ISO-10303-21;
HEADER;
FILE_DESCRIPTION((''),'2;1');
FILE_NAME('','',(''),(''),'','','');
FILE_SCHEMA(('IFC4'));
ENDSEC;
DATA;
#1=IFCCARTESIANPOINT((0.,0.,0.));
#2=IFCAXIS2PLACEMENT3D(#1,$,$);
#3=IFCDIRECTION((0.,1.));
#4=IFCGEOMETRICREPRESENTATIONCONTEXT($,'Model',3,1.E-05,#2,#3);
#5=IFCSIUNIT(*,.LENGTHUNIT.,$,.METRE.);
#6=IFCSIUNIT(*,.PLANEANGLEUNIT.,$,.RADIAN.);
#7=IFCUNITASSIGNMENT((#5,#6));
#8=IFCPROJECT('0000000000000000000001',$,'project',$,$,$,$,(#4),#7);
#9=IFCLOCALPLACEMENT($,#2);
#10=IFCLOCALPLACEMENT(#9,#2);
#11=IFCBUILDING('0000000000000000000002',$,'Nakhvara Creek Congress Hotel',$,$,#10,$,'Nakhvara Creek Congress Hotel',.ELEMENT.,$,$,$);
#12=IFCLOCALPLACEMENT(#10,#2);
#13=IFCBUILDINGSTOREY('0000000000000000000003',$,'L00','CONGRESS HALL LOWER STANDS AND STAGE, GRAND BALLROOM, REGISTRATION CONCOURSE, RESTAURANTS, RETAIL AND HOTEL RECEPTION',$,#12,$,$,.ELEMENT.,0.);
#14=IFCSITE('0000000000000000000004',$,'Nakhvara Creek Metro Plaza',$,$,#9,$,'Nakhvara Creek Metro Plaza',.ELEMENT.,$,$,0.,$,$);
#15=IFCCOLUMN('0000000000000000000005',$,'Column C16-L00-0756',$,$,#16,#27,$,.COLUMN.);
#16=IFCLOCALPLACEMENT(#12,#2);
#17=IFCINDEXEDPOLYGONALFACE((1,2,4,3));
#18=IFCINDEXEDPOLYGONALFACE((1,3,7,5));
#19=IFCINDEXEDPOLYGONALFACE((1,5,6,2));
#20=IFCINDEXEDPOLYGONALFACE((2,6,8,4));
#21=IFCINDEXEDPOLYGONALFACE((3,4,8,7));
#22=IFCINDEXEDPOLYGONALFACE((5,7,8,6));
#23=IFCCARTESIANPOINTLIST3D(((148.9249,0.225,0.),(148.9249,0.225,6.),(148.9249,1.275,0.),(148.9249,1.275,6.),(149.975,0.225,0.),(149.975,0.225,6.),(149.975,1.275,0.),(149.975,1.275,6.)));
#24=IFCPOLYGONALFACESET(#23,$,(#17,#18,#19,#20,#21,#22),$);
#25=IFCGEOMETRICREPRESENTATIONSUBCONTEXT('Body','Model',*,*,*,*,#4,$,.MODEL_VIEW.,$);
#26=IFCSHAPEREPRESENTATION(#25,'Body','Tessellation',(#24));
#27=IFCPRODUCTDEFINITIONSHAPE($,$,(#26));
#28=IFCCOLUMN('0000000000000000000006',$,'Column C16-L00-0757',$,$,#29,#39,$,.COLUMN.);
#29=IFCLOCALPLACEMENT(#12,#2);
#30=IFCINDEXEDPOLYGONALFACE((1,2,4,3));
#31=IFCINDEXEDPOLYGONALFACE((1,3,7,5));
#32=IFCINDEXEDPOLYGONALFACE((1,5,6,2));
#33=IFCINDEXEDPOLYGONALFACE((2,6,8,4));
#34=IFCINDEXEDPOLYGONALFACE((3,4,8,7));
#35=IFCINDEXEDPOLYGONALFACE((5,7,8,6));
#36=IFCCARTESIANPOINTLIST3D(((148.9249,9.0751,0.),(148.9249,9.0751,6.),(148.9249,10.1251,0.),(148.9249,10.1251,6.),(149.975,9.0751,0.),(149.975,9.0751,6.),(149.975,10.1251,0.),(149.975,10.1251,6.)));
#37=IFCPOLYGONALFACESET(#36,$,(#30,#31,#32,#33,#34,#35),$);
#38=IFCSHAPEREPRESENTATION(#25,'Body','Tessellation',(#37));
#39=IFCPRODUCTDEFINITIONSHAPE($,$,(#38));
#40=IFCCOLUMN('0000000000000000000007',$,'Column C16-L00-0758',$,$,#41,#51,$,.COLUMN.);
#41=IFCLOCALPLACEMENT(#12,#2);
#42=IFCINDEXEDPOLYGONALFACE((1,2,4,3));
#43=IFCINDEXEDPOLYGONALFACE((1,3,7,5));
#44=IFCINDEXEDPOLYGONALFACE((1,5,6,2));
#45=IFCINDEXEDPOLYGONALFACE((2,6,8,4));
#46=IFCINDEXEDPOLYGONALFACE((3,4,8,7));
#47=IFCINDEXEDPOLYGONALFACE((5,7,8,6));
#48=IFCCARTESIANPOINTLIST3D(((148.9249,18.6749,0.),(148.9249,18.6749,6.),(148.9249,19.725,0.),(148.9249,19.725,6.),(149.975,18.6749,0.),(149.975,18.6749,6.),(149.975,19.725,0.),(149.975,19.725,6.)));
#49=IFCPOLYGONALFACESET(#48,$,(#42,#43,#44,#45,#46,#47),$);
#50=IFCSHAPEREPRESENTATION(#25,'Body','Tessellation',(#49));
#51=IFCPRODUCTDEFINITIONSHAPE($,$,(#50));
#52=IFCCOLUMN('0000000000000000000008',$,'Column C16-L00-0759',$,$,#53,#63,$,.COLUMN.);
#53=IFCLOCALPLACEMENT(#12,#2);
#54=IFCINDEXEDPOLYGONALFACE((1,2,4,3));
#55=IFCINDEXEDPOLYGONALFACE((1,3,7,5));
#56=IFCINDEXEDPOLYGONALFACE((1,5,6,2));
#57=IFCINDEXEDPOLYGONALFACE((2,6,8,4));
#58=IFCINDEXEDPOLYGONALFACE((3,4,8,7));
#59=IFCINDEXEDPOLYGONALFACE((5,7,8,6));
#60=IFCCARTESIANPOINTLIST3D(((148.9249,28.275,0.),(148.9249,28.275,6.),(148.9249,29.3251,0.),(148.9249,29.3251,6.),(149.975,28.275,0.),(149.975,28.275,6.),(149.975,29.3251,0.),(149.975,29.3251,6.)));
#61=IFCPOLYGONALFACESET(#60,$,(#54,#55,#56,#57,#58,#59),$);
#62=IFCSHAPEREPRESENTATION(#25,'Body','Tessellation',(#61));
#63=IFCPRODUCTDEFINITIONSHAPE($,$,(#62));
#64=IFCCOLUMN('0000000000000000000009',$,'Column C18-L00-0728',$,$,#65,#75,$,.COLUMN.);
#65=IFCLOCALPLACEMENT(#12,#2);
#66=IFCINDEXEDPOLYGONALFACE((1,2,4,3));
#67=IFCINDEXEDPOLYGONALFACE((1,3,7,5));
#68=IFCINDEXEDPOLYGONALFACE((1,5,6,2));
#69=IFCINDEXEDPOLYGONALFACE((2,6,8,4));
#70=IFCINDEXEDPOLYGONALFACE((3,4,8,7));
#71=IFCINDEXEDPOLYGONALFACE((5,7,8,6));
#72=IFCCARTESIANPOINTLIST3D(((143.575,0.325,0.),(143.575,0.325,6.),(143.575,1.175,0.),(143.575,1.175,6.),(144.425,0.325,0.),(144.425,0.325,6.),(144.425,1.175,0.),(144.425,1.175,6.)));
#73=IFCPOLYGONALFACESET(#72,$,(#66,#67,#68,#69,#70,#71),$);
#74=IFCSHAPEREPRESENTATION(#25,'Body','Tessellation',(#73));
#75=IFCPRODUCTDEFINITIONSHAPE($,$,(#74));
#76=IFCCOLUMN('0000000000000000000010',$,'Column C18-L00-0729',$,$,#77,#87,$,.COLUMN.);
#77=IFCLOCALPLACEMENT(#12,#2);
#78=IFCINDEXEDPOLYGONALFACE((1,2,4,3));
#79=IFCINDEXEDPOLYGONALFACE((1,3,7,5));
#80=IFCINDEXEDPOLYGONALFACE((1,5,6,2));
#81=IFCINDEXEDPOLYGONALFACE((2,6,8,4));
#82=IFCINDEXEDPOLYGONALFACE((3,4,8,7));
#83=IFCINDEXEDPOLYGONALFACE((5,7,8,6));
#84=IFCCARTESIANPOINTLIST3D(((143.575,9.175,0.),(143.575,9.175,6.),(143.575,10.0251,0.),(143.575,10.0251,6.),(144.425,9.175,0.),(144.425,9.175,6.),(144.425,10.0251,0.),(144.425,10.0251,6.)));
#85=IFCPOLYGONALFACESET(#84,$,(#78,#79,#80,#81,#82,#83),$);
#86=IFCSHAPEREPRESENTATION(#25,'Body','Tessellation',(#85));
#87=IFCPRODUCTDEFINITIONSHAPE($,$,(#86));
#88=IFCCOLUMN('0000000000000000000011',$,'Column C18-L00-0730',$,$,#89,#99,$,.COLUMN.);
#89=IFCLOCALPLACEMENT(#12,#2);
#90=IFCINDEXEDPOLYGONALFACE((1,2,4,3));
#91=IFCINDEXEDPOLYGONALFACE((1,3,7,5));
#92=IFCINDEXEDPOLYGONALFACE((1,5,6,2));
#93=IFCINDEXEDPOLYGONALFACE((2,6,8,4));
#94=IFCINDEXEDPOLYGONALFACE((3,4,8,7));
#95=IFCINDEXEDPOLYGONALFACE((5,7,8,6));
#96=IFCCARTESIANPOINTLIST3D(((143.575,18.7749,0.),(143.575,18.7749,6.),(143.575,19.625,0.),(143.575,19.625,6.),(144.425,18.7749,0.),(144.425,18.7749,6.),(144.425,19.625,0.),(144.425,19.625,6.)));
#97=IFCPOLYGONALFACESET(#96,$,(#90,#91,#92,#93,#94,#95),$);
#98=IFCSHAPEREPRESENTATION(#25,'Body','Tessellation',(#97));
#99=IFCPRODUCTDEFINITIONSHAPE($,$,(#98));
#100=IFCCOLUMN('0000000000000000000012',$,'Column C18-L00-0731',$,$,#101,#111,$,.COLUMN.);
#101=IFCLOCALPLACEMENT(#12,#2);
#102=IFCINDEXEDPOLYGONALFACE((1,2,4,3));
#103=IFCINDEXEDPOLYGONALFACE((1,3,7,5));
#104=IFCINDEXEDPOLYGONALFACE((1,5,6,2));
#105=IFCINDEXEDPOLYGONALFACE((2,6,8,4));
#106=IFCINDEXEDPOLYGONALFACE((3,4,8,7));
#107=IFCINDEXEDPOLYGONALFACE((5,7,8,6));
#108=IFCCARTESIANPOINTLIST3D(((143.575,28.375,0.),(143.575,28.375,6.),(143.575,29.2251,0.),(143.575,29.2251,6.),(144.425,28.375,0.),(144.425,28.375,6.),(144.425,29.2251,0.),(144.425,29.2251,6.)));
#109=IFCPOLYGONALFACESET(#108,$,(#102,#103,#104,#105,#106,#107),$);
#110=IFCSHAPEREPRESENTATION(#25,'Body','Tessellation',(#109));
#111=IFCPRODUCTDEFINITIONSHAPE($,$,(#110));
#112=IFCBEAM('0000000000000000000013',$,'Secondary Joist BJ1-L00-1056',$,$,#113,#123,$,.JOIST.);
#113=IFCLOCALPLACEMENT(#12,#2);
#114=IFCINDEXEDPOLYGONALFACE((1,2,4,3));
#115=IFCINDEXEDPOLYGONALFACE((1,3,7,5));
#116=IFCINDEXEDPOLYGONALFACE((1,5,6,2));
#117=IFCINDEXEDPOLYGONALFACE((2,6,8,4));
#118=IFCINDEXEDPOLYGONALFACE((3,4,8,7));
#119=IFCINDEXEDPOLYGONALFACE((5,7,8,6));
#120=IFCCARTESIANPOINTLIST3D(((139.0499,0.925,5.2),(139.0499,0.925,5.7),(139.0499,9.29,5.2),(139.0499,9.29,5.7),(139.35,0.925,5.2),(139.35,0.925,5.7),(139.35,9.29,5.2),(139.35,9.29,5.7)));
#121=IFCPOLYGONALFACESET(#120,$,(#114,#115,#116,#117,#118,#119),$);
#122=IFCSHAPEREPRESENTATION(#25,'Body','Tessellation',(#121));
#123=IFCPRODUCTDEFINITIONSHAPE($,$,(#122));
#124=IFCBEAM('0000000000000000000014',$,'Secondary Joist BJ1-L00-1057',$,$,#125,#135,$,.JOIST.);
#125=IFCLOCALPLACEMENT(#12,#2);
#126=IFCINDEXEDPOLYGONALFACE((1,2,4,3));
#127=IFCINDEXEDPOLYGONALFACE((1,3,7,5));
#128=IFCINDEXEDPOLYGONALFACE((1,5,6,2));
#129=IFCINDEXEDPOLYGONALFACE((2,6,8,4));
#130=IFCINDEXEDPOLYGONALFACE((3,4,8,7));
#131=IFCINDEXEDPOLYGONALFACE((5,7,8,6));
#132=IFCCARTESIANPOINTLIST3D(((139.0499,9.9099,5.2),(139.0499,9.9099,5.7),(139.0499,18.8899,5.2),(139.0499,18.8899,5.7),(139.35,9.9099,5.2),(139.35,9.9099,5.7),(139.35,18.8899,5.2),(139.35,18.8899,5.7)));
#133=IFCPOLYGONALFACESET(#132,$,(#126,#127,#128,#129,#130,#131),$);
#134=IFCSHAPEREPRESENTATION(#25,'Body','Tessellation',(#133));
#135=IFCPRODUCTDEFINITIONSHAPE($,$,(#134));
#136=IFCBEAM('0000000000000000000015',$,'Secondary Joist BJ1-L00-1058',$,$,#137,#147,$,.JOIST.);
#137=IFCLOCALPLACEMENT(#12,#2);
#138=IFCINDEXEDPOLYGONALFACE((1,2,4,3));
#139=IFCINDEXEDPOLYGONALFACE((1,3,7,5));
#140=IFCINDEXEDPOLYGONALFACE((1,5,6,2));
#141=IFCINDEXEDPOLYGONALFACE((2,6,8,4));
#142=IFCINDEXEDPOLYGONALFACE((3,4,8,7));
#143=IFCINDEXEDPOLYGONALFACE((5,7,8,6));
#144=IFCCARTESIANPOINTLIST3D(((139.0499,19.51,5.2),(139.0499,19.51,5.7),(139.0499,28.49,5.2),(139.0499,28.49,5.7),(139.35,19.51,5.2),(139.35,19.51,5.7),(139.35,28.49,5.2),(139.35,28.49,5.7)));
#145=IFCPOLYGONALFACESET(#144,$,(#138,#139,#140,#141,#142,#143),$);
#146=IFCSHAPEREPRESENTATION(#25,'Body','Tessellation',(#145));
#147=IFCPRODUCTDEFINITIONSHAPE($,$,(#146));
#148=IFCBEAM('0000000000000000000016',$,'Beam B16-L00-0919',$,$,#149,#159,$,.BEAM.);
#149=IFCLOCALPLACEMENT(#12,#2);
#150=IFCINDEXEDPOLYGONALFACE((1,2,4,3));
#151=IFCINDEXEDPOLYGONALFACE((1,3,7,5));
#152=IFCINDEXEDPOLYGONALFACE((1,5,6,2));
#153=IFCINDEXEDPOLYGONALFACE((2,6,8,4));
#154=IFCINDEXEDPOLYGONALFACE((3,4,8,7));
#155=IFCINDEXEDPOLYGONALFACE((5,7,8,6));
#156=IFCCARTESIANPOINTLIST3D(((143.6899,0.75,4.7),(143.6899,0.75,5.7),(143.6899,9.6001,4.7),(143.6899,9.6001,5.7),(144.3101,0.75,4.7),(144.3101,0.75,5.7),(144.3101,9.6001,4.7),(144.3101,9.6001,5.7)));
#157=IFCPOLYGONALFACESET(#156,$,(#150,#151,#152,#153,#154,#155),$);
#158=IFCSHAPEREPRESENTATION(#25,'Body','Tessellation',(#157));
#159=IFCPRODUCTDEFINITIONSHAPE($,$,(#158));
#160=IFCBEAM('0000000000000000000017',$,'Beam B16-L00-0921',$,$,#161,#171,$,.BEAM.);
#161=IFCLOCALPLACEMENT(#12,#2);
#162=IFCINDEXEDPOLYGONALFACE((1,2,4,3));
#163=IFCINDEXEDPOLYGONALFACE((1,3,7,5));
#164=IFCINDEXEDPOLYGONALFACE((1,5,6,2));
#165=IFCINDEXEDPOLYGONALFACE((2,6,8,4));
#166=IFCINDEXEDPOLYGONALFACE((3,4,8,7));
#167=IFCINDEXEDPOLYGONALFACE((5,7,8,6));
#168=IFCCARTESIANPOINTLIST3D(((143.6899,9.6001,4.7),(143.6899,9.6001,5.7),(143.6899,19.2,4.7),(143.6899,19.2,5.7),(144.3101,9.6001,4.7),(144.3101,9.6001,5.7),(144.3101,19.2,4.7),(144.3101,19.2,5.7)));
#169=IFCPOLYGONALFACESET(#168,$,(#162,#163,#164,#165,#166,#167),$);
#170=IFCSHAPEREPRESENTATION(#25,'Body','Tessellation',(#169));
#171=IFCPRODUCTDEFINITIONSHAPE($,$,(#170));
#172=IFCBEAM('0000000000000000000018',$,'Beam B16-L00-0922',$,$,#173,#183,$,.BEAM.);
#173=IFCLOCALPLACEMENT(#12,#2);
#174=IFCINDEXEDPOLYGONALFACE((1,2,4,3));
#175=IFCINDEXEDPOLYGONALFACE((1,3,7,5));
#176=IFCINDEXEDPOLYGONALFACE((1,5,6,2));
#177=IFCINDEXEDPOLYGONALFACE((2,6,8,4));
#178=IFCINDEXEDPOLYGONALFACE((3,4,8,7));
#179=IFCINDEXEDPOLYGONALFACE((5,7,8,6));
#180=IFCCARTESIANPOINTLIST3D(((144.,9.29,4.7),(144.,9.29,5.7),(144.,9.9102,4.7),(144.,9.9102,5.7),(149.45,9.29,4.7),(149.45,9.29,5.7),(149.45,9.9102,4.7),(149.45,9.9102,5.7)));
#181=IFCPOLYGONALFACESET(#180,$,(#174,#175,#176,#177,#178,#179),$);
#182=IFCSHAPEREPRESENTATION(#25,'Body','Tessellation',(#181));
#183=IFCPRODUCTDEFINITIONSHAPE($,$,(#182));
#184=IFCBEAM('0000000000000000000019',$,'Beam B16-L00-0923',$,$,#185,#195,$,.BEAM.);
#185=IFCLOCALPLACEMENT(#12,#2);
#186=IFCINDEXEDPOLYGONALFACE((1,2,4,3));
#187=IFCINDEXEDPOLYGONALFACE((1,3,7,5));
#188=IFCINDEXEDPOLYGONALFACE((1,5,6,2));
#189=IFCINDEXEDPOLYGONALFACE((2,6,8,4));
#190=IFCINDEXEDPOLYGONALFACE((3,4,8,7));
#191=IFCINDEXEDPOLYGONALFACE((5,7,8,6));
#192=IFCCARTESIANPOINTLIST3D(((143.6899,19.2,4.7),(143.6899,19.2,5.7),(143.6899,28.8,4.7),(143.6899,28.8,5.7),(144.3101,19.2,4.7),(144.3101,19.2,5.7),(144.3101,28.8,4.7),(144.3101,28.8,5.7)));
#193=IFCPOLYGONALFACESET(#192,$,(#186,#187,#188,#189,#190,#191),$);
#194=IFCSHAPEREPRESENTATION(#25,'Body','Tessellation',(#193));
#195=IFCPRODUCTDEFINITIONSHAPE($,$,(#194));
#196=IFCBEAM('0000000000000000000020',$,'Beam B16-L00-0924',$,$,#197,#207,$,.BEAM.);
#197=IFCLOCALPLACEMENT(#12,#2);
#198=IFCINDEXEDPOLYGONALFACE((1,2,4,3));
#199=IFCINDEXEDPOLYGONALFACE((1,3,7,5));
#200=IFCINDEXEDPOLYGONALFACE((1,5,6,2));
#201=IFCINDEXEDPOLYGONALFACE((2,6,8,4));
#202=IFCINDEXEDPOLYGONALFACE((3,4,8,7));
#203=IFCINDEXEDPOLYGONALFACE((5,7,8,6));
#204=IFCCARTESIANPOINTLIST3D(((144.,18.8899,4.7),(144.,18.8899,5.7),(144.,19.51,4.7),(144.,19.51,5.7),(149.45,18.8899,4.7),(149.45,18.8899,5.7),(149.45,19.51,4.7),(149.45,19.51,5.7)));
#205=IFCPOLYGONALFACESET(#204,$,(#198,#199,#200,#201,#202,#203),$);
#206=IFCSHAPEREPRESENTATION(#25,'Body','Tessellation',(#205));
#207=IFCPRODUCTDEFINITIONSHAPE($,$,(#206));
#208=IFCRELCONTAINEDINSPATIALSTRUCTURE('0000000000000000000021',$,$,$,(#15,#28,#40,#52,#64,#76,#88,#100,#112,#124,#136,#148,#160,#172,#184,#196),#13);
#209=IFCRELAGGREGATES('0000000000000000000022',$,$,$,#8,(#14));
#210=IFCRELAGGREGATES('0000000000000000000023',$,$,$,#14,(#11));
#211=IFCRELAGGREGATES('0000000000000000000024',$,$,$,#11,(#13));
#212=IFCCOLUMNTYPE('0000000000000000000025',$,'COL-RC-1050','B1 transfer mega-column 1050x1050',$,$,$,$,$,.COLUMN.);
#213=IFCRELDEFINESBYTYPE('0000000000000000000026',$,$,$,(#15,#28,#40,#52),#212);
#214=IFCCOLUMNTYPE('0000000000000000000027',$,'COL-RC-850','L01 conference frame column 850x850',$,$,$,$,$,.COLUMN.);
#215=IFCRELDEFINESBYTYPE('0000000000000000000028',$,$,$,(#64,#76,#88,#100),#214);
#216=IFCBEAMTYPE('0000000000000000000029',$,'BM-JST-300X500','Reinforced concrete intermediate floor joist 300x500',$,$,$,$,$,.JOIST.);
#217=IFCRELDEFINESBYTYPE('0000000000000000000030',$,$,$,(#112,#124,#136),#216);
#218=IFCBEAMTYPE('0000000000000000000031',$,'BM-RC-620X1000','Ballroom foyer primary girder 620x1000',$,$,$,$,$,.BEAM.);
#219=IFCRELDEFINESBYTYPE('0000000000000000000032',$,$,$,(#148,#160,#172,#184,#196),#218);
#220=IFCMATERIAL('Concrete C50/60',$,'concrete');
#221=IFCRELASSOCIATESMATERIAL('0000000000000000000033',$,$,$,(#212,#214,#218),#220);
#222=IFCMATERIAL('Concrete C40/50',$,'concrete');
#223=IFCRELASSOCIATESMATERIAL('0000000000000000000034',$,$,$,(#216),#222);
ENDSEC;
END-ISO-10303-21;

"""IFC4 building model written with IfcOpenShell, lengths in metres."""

from ifc_helpers import new_model, si_unit, direction, frame, origin, origin_2d, place, context, subcontext, project, spatial, rectangle, extrude, material, material_profile, profile_set, type_object, element, save


model = new_model("IFC4")

# Units and contexts
model_context = context("Model", 3, precision=1e-05, world=origin(), true_north=direction((0.0, 1.0)))
body_context = subcontext(model_context, "Body", "Model", "MODEL_VIEW")
ifc_project = project(units=[si_unit("LENGTHUNIT", "METRE"), si_unit("PLANEANGLEUNIT", "RADIAN")], contexts=[model_context])

# Site, building, storey
site_placement = place(None, origin())
site = spatial("IfcSite", under=ifc_project, at=site_placement, Name="Nakhvara Creek Metro Plaza", LongName="Nakhvara Creek Metro Plaza", CompositionType="ELEMENT", RefElevation=0.0)
building_placement = place(site_placement, origin())
building = spatial("IfcBuilding", under=site, at=building_placement, Name="Nakhvara Creek Congress Hotel", LongName="Nakhvara Creek Congress Hotel", CompositionType="ELEMENT")
storey_placement = place(building_placement, origin())
storey = spatial("IfcBuildingStorey", under=building, at=storey_placement, Name="L00", Description="CONGRESS HALL LOWER STANDS AND STAGE, GRAND BALLROOM, REGISTRATION CONCOURSE, RESTAURANTS, RETAIL AND HOTEL RECEPTION", CompositionType="ELEMENT", Elevation=0.0)

# Columns
ifc_material_1 = material(Name="Concrete C50/60", Category="concrete")
ifc_material_profile_1 = material_profile(ifc_material_1, rectangle(XDim=1.05, YDim=1.05, at=origin_2d()), Name="RC-COL 1050x1050", Category="LoadBearing")
ifc_profile_set_1 = profile_set([ifc_material_profile_1], Name="Concrete C50/60")
column_type_1 = type_object("IfcColumnType", Name="COL-RC-1050", Description="B1 transfer mega-column 1050x1050", PredefinedType="COLUMN", material=ifc_profile_set_1)
for number, where, z_axis, x_axis, name in (
    (1, (149.45, 0.75, 0.0), (0.0, 0.0, 1.0), (1.0, 0.0, 0.0), "Column C16-L00-0756"),
    (2, (149.45, 9.6001, 0.0), (0.0, 0.0, 1.0), (1.0, 0.0, 0.0), "Column C16-L00-0757"),
    (3, (149.45, 19.2, 0.0), (0.0, 0.0, 1.0), (1.0, 0.0, 0.0), "Column C16-L00-0758"),
    (4, (149.45, 28.8, 0.0), (0.0, 0.0, 1.0), (1.0, 0.0, 0.0), "Column C16-L00-0759"),
):
    element("IfcColumn", number, at=place(storey_placement, frame(where, z_axis=z_axis, x_axis=x_axis)), inside=storey, type_object=column_type_1, Name=name, PredefinedType="COLUMN", context=body_context, shape_type="SweptSolid", body=[
        extrude(rectangle(XDim=1.05, YDim=1.05, at=origin_2d()), origin(), (0.0, 0.0, 1.0), 6.0),
    ])
ifc_material_profile_2 = material_profile(ifc_material_1, rectangle(XDim=0.8501, YDim=0.8501, at=origin_2d()), Name="RC-COL 850x850", Category="LoadBearing")
ifc_profile_set_2 = profile_set([ifc_material_profile_2], Name="Concrete C50/60")
column_type_2 = type_object("IfcColumnType", Name="COL-RC-850", Description="L01 conference frame column 850x850", PredefinedType="COLUMN", material=ifc_profile_set_2)
for number, where, z_axis, x_axis, name in (
    (5, (144.0, 0.75, 0.0), (0.0, 0.0, 1.0), (1.0, 0.0, 0.0), "Column C18-L00-0728"),
    (6, (144.0, 9.6001, 0.0), (0.0, 0.0, 1.0), (1.0, 0.0, 0.0), "Column C18-L00-0729"),
    (7, (144.0, 19.2, 0.0), (0.0, 0.0, 1.0), (1.0, 0.0, 0.0), "Column C18-L00-0730"),
    (8, (144.0, 28.8, 0.0), (0.0, 0.0, 1.0), (1.0, 0.0, 0.0), "Column C18-L00-0731"),
):
    element("IfcColumn", number, at=place(storey_placement, frame(where, z_axis=z_axis, x_axis=x_axis)), inside=storey, type_object=column_type_2, Name=name, PredefinedType="COLUMN", context=body_context, shape_type="SweptSolid", body=[
        extrude(rectangle(XDim=0.8501, YDim=0.8501, at=origin_2d()), origin(), (0.0, 0.0, 1.0), 6.0),
    ])

# Beams
ifc_material_2 = material(Name="Concrete C40/50", Category="concrete")
ifc_material_profile_3 = material_profile(ifc_material_2, rectangle(XDim=0.3, YDim=0.5, at=origin_2d()), Name="RC-BM 300x500", Category="LoadBearing")
ifc_profile_set_3 = profile_set([ifc_material_profile_3], Name="Concrete C40/50")
beam_type_1 = type_object("IfcBeamType", Name="BM-JST-300X500", Description="Reinforced concrete intermediate floor joist 300x500", PredefinedType="JOIST", material=ifc_profile_set_3)
beam_1_placement = place(storey_placement, frame((139.2, 0.925, 5.45), z_axis=(0.0, 1.0, 0.0), x_axis=(-1.0, 0.0, 0.0)))
element("IfcBeam", 9, at=beam_1_placement, inside=storey, type_object=beam_type_1, Name="Secondary Joist BJ1-L00-1056", PredefinedType="JOIST", context=body_context, shape_type="SweptSolid", body=[
    extrude(rectangle(XDim=0.3, YDim=0.5, at=origin_2d()), origin(), (0.0, 0.0, 1.0), 8.365),
])
for number, where, z_axis, x_axis, name in (
    (10, (139.2, 9.9099, 5.45), (0.0, 1.0, 0.0), (-1.0, 0.0, 0.0), "Secondary Joist BJ1-L00-1057"),
    (11, (139.2, 19.51, 5.45), (0.0, 1.0, 0.0), (-1.0, 0.0, 0.0), "Secondary Joist BJ1-L00-1058"),
):
    element("IfcBeam", number, at=place(storey_placement, frame(where, z_axis=z_axis, x_axis=x_axis)), inside=storey, type_object=beam_type_1, Name=name, PredefinedType="JOIST", context=body_context, shape_type="SweptSolid", body=[
        extrude(rectangle(XDim=0.3, YDim=0.5, at=origin_2d()), origin(), (0.0, 0.0, 1.0), 8.98),
    ])
ifc_material_profile_4 = material_profile(ifc_material_1, rectangle(XDim=0.6201, YDim=1.0, at=origin_2d()), Name="RC-BM 620x1000", Category="LoadBearing")
ifc_profile_set_4 = profile_set([ifc_material_profile_4], Name="Concrete C50/60")
beam_type_2 = type_object("IfcBeamType", Name="BM-RC-620X1000", Description="Ballroom foyer primary girder 620x1000", PredefinedType="BEAM", material=ifc_profile_set_4)
beam_2_placement = place(storey_placement, frame((144.0, 0.75, 5.2), z_axis=(0.0, 1.0, 0.0), x_axis=(-1.0, 0.0, 0.0)))
element("IfcBeam", 12, at=beam_2_placement, inside=storey, type_object=beam_type_2, Name="Beam B16-L00-0919", PredefinedType="BEAM", context=body_context, shape_type="SweptSolid", body=[
    extrude(rectangle(XDim=0.6201, YDim=1.0, at=origin_2d()), origin(), (0.0, 0.0, 1.0), 8.8501),
])
beam_3_placement = place(storey_placement, frame((144.0, 9.6001, 5.2), z_axis=(0.0, 1.0, 0.0), x_axis=(-1.0, 0.0, 0.0)))
element("IfcBeam", 13, at=beam_3_placement, inside=storey, type_object=beam_type_2, Name="Beam B16-L00-0921", PredefinedType="BEAM", context=body_context, shape_type="SweptSolid", body=[
    extrude(rectangle(XDim=0.6201, YDim=1.0, at=origin_2d()), origin(), (0.0, 0.0, 1.0), 9.5999),
])
beam_4_placement = place(storey_placement, frame((144.0, 9.6001, 5.2), z_axis=(1.0, 0.0, 0.0), x_axis=(0.0, 1.0, 0.0)))
element("IfcBeam", 14, at=beam_4_placement, inside=storey, type_object=beam_type_2, Name="Beam B16-L00-0922", PredefinedType="BEAM", context=body_context, shape_type="SweptSolid", body=[
    extrude(rectangle(XDim=0.6201, YDim=1.0, at=origin_2d()), origin(), (0.0, 0.0, 1.0), 5.45),
])
beam_5_placement = place(storey_placement, frame((144.0, 19.2, 5.2), z_axis=(0.0, 1.0, 0.0), x_axis=(-1.0, 0.0, 0.0)))
element("IfcBeam", 15, at=beam_5_placement, inside=storey, type_object=beam_type_2, Name="Beam B16-L00-0923", PredefinedType="BEAM", context=body_context, shape_type="SweptSolid", body=[
    extrude(rectangle(XDim=0.6201, YDim=1.0, at=origin_2d()), origin(), (0.0, 0.0, 1.0), 9.6001),
])
beam_6_placement = place(storey_placement, frame((144.0, 19.2, 5.2), z_axis=(1.0, 0.0, 0.0), x_axis=(0.0, 1.0, 0.0)))
element("IfcBeam", 16, at=beam_6_placement, inside=storey, type_object=beam_type_2, Name="Beam B16-L00-0924", PredefinedType="BEAM", context=body_context, shape_type="SweptSolid", body=[
    extrude(rectangle(XDim=0.6201, YDim=1.0, at=origin_2d()), origin(), (0.0, 0.0, 1.0), 5.45),
])

save(model, "model.ifc")
